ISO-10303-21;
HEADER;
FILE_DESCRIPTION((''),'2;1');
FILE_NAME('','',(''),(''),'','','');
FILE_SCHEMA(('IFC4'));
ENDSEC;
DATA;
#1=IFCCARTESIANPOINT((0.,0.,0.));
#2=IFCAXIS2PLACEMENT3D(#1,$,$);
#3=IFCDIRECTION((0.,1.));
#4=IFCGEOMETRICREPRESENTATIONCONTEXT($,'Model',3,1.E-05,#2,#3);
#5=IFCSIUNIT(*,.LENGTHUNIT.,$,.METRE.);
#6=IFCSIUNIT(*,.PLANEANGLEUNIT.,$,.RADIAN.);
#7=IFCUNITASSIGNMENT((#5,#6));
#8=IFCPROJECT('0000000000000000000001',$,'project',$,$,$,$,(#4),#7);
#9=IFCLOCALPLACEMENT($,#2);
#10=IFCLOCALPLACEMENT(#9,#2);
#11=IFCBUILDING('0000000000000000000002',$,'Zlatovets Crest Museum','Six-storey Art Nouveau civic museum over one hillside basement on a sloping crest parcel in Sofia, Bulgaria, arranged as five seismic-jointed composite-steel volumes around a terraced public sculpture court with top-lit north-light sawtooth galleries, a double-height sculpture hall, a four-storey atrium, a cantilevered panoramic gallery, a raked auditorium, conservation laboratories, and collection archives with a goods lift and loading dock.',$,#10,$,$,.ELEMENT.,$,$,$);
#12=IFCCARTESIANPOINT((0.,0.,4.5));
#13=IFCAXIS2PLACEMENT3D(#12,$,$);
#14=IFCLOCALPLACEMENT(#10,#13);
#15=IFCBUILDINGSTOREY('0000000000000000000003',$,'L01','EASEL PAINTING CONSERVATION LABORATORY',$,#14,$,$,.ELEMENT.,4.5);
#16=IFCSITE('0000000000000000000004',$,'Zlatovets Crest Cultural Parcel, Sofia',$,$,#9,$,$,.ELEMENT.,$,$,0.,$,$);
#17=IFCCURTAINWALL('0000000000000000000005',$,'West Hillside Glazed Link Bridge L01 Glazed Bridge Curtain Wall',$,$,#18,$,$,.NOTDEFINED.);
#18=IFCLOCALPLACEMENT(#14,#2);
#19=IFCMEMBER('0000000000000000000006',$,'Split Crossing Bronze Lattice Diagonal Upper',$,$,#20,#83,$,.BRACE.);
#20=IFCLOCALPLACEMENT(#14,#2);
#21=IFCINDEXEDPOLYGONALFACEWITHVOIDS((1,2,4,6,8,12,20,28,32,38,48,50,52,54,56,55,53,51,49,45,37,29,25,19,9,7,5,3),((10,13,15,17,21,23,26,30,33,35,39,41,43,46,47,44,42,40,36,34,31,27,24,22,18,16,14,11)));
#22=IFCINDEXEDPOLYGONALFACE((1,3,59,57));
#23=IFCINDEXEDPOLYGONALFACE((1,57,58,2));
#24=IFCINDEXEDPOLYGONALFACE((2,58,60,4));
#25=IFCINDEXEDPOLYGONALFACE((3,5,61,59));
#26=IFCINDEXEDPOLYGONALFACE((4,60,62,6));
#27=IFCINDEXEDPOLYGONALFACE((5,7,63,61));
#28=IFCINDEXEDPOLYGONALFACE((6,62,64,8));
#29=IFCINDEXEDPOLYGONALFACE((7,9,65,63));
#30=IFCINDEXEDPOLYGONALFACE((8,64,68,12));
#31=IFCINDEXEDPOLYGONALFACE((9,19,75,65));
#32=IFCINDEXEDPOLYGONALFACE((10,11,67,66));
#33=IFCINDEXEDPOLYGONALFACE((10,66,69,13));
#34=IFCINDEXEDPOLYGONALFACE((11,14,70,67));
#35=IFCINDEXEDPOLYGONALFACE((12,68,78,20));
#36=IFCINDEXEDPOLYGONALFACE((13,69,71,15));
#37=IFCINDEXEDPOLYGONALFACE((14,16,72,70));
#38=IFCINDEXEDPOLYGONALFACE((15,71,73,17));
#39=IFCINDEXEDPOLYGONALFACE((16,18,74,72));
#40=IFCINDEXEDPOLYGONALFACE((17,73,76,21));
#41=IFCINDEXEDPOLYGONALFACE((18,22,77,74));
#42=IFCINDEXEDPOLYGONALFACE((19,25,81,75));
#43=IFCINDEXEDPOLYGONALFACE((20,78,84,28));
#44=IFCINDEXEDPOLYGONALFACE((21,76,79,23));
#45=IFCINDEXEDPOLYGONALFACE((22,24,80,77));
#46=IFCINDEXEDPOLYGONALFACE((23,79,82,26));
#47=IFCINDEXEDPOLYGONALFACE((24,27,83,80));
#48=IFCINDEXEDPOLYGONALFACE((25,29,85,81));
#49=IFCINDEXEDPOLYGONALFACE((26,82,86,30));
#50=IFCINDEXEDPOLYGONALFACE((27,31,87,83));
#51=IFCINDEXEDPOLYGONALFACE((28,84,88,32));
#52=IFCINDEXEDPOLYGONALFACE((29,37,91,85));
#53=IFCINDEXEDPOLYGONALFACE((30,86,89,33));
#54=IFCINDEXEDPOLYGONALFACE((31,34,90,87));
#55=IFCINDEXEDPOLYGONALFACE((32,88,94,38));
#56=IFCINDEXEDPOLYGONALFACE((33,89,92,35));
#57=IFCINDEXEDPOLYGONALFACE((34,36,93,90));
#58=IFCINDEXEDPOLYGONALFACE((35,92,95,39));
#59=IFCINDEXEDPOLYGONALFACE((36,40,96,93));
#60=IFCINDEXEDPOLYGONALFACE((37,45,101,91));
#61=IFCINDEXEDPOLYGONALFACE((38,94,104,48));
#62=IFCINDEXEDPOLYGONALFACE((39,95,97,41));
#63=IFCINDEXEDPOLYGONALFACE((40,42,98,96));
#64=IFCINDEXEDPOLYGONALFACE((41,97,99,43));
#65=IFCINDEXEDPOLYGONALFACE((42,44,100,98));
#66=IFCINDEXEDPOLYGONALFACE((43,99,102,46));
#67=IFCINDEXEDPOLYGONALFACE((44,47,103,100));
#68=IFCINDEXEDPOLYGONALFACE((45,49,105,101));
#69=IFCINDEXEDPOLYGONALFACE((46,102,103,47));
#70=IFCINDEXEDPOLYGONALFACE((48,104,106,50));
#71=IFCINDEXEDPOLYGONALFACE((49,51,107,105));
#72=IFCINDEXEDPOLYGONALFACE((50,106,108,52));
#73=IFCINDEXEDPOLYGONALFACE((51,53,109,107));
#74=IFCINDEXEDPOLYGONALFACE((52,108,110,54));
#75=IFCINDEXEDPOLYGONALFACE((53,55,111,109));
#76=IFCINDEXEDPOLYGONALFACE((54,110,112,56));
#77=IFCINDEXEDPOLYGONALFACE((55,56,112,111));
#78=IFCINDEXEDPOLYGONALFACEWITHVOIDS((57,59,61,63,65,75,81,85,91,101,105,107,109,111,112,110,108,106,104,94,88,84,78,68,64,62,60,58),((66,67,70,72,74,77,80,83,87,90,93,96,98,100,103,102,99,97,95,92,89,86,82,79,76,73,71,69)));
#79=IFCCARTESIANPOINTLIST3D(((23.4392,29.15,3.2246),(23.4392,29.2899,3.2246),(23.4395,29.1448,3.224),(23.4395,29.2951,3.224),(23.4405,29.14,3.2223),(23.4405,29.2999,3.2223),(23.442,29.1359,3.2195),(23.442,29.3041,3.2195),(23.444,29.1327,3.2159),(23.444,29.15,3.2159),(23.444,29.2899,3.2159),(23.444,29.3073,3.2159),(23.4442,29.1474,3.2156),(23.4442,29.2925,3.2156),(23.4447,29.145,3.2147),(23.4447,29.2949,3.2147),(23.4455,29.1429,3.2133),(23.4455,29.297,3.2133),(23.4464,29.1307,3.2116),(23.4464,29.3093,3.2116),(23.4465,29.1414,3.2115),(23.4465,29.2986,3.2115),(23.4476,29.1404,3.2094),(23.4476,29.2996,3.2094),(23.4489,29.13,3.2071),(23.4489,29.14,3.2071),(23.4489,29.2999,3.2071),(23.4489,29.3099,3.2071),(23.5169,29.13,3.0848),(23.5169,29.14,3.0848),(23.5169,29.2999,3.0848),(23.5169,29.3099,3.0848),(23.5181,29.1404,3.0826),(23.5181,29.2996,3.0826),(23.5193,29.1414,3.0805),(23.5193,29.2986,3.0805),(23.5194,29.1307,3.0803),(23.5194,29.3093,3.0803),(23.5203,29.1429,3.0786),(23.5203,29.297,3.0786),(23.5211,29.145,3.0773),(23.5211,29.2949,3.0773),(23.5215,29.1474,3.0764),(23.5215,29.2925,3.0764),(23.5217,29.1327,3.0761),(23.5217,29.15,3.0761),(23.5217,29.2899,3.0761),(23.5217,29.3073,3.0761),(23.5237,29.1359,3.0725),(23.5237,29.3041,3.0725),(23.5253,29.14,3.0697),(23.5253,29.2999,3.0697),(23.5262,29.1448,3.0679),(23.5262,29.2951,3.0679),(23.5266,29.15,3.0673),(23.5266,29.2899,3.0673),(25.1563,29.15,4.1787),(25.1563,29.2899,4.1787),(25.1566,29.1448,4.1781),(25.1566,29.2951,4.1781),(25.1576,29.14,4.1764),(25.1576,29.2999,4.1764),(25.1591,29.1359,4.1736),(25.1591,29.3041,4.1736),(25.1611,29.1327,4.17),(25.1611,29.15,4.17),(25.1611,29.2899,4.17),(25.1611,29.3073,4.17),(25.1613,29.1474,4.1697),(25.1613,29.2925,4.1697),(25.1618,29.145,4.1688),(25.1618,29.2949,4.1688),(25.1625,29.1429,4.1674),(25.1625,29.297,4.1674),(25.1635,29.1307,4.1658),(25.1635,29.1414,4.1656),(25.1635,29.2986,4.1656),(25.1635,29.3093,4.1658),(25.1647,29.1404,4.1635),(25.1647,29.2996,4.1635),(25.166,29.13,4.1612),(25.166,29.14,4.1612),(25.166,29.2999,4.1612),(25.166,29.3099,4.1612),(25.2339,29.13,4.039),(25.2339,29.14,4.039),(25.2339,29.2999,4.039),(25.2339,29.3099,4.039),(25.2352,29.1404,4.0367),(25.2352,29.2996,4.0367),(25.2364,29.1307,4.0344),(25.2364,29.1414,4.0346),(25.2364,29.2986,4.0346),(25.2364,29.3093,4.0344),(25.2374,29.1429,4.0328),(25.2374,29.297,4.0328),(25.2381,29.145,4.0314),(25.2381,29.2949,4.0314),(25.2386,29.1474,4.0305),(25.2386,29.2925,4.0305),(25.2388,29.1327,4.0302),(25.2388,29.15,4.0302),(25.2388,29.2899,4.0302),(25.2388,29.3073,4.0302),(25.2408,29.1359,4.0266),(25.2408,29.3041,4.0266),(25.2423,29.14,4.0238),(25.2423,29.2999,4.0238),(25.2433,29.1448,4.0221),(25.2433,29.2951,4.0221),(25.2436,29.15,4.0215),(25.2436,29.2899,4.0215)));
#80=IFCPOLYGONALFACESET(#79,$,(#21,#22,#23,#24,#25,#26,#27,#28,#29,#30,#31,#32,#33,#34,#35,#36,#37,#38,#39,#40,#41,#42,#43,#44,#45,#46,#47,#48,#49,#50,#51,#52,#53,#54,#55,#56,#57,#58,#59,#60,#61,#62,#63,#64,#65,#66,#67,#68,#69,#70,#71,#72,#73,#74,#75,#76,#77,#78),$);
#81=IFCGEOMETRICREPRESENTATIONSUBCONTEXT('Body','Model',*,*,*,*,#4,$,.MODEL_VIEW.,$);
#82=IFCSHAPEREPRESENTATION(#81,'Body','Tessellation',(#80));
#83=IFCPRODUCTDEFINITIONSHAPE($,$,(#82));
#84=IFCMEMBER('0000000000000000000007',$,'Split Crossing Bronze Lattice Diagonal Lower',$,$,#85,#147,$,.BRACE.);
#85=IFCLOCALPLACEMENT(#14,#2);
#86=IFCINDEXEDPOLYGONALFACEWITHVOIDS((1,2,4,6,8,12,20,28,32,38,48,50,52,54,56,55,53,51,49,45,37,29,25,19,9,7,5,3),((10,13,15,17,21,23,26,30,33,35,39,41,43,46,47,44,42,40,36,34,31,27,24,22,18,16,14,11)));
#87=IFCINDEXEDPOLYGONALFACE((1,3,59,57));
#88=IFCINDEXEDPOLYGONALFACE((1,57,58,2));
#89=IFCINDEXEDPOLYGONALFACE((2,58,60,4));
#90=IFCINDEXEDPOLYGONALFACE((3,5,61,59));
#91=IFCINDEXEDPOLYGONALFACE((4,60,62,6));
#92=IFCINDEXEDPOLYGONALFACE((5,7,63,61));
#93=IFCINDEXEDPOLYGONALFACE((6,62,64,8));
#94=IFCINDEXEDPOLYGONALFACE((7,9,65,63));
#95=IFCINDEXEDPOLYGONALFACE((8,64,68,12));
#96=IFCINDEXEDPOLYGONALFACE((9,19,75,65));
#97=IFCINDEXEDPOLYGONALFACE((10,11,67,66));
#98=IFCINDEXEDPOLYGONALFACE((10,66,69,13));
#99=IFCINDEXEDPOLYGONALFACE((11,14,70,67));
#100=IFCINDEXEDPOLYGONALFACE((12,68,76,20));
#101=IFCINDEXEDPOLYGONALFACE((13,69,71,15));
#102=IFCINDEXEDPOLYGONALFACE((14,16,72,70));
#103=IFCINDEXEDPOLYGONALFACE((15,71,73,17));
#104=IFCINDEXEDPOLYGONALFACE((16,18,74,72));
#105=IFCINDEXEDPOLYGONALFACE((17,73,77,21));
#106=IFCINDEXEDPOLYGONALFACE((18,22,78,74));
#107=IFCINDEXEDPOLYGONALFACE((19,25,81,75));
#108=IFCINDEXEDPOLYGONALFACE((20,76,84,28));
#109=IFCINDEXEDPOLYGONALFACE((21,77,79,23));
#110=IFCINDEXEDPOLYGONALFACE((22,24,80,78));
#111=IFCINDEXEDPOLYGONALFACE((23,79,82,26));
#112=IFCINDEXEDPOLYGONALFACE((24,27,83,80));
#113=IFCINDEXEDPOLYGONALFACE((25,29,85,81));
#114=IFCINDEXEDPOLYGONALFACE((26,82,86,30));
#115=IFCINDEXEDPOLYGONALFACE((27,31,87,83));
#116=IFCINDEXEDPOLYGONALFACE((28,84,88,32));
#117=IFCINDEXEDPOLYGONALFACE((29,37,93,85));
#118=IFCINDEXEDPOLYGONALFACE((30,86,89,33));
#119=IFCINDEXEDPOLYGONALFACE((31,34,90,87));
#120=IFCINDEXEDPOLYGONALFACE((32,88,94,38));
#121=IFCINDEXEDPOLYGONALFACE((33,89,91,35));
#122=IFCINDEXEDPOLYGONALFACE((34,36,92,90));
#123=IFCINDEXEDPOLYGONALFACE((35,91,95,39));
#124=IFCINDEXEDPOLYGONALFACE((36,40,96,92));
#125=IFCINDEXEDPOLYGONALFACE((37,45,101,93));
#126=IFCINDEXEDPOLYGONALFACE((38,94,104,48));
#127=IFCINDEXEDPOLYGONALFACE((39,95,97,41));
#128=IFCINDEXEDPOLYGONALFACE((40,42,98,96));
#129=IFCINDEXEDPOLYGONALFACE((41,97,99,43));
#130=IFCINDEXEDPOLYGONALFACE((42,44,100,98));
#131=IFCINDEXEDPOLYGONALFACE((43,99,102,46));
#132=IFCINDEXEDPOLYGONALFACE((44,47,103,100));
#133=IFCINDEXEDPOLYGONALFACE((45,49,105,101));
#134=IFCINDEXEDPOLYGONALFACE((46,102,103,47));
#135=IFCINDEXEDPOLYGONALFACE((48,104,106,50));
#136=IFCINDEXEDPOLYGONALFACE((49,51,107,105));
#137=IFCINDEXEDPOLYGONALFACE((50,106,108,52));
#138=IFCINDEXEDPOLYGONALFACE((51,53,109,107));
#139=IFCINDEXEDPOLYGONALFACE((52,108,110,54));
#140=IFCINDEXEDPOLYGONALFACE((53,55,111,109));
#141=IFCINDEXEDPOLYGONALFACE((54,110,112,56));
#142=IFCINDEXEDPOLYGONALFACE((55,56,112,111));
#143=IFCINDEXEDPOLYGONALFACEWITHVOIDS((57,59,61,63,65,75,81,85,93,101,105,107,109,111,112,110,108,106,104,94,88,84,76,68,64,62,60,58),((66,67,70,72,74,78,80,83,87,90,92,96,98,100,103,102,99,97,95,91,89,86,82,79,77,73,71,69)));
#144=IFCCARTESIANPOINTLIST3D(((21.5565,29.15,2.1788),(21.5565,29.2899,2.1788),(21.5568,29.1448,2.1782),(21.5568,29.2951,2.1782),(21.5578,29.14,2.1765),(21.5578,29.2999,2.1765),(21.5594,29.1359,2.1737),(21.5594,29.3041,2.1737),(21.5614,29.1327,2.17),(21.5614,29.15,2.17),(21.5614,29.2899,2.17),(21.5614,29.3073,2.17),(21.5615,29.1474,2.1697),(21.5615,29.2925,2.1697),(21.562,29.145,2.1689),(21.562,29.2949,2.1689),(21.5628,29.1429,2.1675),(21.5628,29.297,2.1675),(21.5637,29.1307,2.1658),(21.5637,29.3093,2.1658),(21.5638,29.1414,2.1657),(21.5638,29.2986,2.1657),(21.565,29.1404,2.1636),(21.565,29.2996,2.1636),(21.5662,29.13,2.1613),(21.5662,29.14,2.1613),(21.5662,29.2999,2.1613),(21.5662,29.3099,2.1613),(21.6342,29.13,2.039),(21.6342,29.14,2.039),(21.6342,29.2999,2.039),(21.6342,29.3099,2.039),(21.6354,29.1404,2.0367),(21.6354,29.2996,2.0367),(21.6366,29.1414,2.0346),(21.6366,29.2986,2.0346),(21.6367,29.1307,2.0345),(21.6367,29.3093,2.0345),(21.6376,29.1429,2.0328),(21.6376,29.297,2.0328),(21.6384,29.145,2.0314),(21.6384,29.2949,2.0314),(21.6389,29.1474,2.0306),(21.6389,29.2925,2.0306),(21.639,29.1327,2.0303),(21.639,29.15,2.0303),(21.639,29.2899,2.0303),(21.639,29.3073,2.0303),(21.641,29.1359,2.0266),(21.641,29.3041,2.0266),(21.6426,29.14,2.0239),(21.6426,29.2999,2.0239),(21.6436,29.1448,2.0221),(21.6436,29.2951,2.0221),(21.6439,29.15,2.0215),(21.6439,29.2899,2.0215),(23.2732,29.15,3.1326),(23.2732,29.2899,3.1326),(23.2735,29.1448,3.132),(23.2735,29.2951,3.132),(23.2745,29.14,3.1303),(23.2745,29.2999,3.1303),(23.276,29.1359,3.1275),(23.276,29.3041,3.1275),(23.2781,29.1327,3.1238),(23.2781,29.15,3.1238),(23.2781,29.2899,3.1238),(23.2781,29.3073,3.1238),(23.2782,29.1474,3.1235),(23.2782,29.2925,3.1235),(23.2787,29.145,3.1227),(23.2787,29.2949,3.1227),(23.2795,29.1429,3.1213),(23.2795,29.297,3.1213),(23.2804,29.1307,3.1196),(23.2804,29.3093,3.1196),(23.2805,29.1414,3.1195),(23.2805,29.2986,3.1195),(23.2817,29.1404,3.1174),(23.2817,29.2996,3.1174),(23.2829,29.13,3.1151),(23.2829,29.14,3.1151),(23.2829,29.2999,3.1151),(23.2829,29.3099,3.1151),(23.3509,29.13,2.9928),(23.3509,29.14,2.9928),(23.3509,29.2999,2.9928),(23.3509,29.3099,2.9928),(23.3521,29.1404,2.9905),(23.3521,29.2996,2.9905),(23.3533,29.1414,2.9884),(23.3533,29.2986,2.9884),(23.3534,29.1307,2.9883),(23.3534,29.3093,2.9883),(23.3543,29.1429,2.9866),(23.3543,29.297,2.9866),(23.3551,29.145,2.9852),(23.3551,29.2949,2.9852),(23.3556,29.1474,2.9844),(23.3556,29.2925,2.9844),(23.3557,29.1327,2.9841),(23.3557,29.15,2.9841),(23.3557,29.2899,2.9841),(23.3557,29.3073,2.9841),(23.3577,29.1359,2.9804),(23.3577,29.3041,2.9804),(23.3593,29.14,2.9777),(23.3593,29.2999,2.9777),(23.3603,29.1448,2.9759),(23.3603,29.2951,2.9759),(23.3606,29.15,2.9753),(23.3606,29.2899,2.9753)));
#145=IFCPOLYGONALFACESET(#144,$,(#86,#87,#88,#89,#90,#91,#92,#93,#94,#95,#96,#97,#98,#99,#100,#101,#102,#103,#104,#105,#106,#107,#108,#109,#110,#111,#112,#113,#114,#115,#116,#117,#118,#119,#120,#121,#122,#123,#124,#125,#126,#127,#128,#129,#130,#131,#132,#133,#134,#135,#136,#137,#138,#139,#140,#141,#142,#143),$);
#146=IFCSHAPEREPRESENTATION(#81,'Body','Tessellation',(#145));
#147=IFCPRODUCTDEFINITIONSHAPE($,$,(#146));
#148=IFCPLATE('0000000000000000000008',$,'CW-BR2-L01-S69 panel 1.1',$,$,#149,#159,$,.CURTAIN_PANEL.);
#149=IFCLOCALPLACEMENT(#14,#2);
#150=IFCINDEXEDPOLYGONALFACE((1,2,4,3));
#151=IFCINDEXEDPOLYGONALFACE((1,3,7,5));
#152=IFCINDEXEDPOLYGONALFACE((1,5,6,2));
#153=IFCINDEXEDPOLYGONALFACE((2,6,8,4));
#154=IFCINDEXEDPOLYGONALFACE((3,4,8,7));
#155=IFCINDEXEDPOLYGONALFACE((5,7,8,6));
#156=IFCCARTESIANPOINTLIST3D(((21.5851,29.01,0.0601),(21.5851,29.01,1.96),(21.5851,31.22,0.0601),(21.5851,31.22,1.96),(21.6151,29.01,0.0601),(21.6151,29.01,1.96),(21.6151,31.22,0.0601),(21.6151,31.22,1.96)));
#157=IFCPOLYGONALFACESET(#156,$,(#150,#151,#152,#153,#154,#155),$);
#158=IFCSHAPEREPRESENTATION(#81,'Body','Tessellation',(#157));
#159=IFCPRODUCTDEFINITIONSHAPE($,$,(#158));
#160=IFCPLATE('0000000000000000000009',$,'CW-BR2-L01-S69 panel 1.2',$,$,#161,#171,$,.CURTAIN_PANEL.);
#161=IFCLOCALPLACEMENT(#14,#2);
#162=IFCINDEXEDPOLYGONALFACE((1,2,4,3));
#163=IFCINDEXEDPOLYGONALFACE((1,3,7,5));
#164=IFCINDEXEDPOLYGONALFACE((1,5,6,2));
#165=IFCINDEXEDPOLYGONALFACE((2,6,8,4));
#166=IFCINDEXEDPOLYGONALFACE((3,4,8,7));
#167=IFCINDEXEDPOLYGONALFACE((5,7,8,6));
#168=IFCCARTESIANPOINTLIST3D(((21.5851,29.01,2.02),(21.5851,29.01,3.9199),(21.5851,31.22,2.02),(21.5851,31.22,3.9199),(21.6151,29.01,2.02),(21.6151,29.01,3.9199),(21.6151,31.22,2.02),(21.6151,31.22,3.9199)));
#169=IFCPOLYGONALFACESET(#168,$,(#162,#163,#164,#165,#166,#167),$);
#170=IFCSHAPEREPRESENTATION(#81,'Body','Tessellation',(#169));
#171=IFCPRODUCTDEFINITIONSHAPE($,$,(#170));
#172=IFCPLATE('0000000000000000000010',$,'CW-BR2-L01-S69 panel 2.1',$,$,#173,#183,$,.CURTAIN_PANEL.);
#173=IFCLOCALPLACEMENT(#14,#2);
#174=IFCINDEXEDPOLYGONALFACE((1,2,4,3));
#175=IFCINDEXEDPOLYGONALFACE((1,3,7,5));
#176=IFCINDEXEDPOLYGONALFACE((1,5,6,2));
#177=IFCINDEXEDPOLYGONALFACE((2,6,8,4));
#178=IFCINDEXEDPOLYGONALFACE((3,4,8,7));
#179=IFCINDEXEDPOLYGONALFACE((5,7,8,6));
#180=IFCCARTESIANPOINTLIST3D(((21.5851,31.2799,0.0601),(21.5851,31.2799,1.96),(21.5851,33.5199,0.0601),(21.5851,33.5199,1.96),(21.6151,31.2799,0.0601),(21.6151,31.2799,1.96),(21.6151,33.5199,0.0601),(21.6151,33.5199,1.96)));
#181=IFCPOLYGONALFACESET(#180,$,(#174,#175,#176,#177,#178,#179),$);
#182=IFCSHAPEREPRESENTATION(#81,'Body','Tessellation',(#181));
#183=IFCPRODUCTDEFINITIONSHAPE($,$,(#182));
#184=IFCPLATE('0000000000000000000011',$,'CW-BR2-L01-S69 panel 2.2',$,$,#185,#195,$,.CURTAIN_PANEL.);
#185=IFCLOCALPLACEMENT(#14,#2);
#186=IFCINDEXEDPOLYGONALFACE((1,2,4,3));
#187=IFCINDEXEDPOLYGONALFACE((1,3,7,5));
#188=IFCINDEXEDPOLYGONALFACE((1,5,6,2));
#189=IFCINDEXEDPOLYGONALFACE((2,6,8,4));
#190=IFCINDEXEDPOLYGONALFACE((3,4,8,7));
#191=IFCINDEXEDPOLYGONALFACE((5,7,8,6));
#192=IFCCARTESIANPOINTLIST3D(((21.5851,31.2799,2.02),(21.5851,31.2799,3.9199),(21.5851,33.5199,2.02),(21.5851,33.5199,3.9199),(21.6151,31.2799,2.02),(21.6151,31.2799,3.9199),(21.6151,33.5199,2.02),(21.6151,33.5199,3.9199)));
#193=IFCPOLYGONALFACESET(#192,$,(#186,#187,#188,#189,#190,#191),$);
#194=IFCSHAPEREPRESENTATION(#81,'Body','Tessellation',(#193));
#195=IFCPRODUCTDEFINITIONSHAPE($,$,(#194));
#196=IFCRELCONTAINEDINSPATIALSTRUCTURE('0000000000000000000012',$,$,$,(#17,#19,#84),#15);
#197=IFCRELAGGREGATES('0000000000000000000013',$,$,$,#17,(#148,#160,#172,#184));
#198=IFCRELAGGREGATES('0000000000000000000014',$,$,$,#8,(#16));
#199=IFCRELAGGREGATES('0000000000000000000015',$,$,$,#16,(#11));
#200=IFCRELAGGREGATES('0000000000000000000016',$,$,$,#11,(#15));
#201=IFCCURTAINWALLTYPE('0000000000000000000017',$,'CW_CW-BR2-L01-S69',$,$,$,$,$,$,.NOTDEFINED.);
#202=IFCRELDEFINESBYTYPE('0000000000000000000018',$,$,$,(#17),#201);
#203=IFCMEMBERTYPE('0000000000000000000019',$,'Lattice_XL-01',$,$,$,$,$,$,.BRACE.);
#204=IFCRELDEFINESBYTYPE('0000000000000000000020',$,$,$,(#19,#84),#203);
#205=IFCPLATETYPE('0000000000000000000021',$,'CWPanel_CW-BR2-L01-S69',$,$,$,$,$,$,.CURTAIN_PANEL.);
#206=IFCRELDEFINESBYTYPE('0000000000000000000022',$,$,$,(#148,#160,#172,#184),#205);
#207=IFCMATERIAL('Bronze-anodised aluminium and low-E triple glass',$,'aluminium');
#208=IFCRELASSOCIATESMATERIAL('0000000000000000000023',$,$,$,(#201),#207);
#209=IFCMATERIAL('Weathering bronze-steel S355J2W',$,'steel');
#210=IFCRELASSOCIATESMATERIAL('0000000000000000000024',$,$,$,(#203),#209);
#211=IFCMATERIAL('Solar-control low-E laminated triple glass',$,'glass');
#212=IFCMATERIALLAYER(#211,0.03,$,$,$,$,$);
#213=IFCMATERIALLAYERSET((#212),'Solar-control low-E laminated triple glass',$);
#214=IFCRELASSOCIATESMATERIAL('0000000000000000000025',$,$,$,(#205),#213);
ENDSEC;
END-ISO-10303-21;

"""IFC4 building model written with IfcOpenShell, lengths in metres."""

from ifc_helpers import new_model, si_unit, direction, frame, origin, origin_2d, place, context, subcontext, project, spatial, rectangle, hollow_rectangle, extrude, material, layer, layer_set, material_profile, profile_set, type_object, element, aggregate, save


model = new_model("IFC4")

# Units and contexts
model_context = context("Model", 3, precision=1e-05, world=origin(), true_north=direction((0.0, 1.0)))
body_context = subcontext(model_context, "Body", "Model", "MODEL_VIEW")
ifc_project = project(units=[si_unit("LENGTHUNIT", "METRE"), si_unit("PLANEANGLEUNIT", "RADIAN")], contexts=[model_context])

# Site, building, storey
site_placement = place(None, origin())
site = spatial("IfcSite", under=ifc_project, at=site_placement, Name="Zlatovets Crest Cultural Parcel, Sofia", CompositionType="ELEMENT", RefElevation=0.0)
building_placement = place(site_placement, origin())
building = spatial("IfcBuilding", under=site, at=building_placement, Name="Zlatovets Crest Museum", Description="Six-storey Art Nouveau civic museum over one hillside basement on a sloping crest parcel in Sofia, Bulgaria, arranged as five seismic-jointed composite-steel volumes around a terraced public sculpture court with top-lit north-light sawtooth galleries, a double-height sculpture hall, a four-storey atrium, a cantilevered panoramic gallery, a raked auditorium, conservation laboratories, and collection archives with a goods lift and loading dock.", CompositionType="ELEMENT")
storey_placement = place(building_placement, frame((0.0, 0.0, 4.5)))
storey = spatial("IfcBuildingStorey", under=building, at=storey_placement, Name="L01", Description="EASEL PAINTING CONSERVATION LABORATORY", CompositionType="ELEMENT", Elevation=4.5)

# Curtain wall
ifc_material_1 = material(Name="Bronze-anodised aluminium and low-E triple glass", Category="aluminium")
curtain_wall_type = type_object("IfcCurtainWallType", Name="CW_CW-BR2-L01-S69", PredefinedType="NOTDEFINED", material=ifc_material_1)
curtain_wall_placement = place(storey_placement, origin())
curtain_wall = element("IfcCurtainWall", 1, at=curtain_wall_placement, inside=storey, type_object=curtain_wall_type, Name="West Hillside Glazed Link Bridge L01 Glazed Bridge Curtain Wall", PredefinedType="NOTDEFINED")

# Members
ifc_material_2 = material(Name="Weathering bronze-steel S355J2W", Category="steel")
ifc_material_profile_1 = material_profile(ifc_material_2, hollow_rectangle(XDim=0.1799, YDim=0.1799, WallThickness=0.01, InnerFilletRadius=0.01, OuterFilletRadius=0.02, at=origin_2d()), Name="SHS 180x180x10.0")
ifc_profile_set_1 = profile_set([ifc_material_profile_1], Name="Weathering bronze-steel S355J2W")
member_type_1 = type_object("IfcMemberType", Name="Lattice_XL-01", PredefinedType="BRACE", material=ifc_profile_set_1)
member_1_placement = place(storey_placement, frame((25.2, 29.22, 4.1001), z_axis=(-0.874116, 0.0, -0.485717), x_axis=(0.0, -1.0, 0.0)))
element("IfcMember", 2, at=member_1_placement, inside=storey, type_object=member_type_1, Name="Split Crossing Bronze Lattice Diagonal Upper", PredefinedType="BRACE", context=body_context, shape_type="SweptSolid", body=[
    extrude(hollow_rectangle(XDim=0.1799, YDim=0.1799, WallThickness=0.01, InnerFilletRadius=0.01, OuterFilletRadius=0.02, at=origin_2d()), origin(), (0.0, 0.0, 1.0), 1.9644),
])
member_2_placement = place(storey_placement, frame((23.3169, 29.22, 3.054), z_axis=(-0.87414, 0.0, -0.485675), x_axis=(0.0, -1.0, 0.0)))
element("IfcMember", 3, at=member_2_placement, inside=storey, type_object=member_type_1, Name="Split Crossing Bronze Lattice Diagonal Lower", PredefinedType="BRACE", context=body_context, shape_type="SweptSolid", body=[
    extrude(hollow_rectangle(XDim=0.1799, YDim=0.1799, WallThickness=0.01, InnerFilletRadius=0.01, OuterFilletRadius=0.02, at=origin_2d()), origin(), (0.0, 0.0, 1.0), 1.9639),
])

# Plates
ifc_material_3 = material(Name="Solar-control low-E laminated triple glass", Category="glass")
ifc_layer_1 = layer(ifc_material_3, 0.03)
ifc_layer_set_1 = layer_set([ifc_layer_1], Name="Solar-control low-E laminated triple glass")
plate_type_1 = type_object("IfcPlateType", Name="CWPanel_CW-BR2-L01-S69", PredefinedType="CURTAIN_PANEL", material=ifc_layer_set_1)
plate_1_placement = place(storey_placement, frame((21.6001, 30.115, 0.0601), z_axis=(0.0, 0.0, 1.0), x_axis=(0.0, 1.0, 0.0)))
plate_1 = element("IfcPlate", 4, at=plate_1_placement, type_object=plate_type_1, Name="CW-BR2-L01-S69 panel 1.1", PredefinedType="CURTAIN_PANEL", context=body_context, shape_type="SweptSolid", body=[
    extrude(rectangle(XDim=2.21, YDim=0.03, at=origin_2d()), origin(), (0.0, 0.0, 1.0), 1.8999),
])
plate_2_placement = place(storey_placement, frame((21.6001, 30.115, 2.02), z_axis=(0.0, 0.0, 1.0), x_axis=(0.0, 1.0, 0.0)))
plate_2 = element("IfcPlate", 5, at=plate_2_placement, type_object=plate_type_1, Name="CW-BR2-L01-S69 panel 1.2", PredefinedType="CURTAIN_PANEL", context=body_context, shape_type="SweptSolid", body=[
    extrude(rectangle(XDim=2.21, YDim=0.03, at=origin_2d()), origin(), (0.0, 0.0, 1.0), 1.8999),
])
plate_3_placement = place(storey_placement, frame((21.6001, 32.3999, 0.0601), z_axis=(0.0, 0.0, 1.0), x_axis=(0.0, 1.0, 0.0)))
plate_3 = element("IfcPlate", 6, at=plate_3_placement, type_object=plate_type_1, Name="CW-BR2-L01-S69 panel 2.1", PredefinedType="CURTAIN_PANEL", context=body_context, shape_type="SweptSolid", body=[
    extrude(rectangle(XDim=2.24, YDim=0.03, at=origin_2d()), origin(), (0.0, 0.0, 1.0), 1.8999),
])
plate_4_placement = place(storey_placement, frame((21.6001, 32.3999, 2.02), z_axis=(0.0, 0.0, 1.0), x_axis=(0.0, 1.0, 0.0)))
plate_4 = element("IfcPlate", 7, at=plate_4_placement, type_object=plate_type_1, Name="CW-BR2-L01-S69 panel 2.2", PredefinedType="CURTAIN_PANEL", context=body_context, shape_type="SweptSolid", body=[
    extrude(rectangle(XDim=2.24, YDim=0.03, at=origin_2d()), origin(), (0.0, 0.0, 1.0), 1.8999),
])
aggregate(curtain_wall, [plate_1, plate_2, plate_3, plate_4])

save(model, "model.ifc")
